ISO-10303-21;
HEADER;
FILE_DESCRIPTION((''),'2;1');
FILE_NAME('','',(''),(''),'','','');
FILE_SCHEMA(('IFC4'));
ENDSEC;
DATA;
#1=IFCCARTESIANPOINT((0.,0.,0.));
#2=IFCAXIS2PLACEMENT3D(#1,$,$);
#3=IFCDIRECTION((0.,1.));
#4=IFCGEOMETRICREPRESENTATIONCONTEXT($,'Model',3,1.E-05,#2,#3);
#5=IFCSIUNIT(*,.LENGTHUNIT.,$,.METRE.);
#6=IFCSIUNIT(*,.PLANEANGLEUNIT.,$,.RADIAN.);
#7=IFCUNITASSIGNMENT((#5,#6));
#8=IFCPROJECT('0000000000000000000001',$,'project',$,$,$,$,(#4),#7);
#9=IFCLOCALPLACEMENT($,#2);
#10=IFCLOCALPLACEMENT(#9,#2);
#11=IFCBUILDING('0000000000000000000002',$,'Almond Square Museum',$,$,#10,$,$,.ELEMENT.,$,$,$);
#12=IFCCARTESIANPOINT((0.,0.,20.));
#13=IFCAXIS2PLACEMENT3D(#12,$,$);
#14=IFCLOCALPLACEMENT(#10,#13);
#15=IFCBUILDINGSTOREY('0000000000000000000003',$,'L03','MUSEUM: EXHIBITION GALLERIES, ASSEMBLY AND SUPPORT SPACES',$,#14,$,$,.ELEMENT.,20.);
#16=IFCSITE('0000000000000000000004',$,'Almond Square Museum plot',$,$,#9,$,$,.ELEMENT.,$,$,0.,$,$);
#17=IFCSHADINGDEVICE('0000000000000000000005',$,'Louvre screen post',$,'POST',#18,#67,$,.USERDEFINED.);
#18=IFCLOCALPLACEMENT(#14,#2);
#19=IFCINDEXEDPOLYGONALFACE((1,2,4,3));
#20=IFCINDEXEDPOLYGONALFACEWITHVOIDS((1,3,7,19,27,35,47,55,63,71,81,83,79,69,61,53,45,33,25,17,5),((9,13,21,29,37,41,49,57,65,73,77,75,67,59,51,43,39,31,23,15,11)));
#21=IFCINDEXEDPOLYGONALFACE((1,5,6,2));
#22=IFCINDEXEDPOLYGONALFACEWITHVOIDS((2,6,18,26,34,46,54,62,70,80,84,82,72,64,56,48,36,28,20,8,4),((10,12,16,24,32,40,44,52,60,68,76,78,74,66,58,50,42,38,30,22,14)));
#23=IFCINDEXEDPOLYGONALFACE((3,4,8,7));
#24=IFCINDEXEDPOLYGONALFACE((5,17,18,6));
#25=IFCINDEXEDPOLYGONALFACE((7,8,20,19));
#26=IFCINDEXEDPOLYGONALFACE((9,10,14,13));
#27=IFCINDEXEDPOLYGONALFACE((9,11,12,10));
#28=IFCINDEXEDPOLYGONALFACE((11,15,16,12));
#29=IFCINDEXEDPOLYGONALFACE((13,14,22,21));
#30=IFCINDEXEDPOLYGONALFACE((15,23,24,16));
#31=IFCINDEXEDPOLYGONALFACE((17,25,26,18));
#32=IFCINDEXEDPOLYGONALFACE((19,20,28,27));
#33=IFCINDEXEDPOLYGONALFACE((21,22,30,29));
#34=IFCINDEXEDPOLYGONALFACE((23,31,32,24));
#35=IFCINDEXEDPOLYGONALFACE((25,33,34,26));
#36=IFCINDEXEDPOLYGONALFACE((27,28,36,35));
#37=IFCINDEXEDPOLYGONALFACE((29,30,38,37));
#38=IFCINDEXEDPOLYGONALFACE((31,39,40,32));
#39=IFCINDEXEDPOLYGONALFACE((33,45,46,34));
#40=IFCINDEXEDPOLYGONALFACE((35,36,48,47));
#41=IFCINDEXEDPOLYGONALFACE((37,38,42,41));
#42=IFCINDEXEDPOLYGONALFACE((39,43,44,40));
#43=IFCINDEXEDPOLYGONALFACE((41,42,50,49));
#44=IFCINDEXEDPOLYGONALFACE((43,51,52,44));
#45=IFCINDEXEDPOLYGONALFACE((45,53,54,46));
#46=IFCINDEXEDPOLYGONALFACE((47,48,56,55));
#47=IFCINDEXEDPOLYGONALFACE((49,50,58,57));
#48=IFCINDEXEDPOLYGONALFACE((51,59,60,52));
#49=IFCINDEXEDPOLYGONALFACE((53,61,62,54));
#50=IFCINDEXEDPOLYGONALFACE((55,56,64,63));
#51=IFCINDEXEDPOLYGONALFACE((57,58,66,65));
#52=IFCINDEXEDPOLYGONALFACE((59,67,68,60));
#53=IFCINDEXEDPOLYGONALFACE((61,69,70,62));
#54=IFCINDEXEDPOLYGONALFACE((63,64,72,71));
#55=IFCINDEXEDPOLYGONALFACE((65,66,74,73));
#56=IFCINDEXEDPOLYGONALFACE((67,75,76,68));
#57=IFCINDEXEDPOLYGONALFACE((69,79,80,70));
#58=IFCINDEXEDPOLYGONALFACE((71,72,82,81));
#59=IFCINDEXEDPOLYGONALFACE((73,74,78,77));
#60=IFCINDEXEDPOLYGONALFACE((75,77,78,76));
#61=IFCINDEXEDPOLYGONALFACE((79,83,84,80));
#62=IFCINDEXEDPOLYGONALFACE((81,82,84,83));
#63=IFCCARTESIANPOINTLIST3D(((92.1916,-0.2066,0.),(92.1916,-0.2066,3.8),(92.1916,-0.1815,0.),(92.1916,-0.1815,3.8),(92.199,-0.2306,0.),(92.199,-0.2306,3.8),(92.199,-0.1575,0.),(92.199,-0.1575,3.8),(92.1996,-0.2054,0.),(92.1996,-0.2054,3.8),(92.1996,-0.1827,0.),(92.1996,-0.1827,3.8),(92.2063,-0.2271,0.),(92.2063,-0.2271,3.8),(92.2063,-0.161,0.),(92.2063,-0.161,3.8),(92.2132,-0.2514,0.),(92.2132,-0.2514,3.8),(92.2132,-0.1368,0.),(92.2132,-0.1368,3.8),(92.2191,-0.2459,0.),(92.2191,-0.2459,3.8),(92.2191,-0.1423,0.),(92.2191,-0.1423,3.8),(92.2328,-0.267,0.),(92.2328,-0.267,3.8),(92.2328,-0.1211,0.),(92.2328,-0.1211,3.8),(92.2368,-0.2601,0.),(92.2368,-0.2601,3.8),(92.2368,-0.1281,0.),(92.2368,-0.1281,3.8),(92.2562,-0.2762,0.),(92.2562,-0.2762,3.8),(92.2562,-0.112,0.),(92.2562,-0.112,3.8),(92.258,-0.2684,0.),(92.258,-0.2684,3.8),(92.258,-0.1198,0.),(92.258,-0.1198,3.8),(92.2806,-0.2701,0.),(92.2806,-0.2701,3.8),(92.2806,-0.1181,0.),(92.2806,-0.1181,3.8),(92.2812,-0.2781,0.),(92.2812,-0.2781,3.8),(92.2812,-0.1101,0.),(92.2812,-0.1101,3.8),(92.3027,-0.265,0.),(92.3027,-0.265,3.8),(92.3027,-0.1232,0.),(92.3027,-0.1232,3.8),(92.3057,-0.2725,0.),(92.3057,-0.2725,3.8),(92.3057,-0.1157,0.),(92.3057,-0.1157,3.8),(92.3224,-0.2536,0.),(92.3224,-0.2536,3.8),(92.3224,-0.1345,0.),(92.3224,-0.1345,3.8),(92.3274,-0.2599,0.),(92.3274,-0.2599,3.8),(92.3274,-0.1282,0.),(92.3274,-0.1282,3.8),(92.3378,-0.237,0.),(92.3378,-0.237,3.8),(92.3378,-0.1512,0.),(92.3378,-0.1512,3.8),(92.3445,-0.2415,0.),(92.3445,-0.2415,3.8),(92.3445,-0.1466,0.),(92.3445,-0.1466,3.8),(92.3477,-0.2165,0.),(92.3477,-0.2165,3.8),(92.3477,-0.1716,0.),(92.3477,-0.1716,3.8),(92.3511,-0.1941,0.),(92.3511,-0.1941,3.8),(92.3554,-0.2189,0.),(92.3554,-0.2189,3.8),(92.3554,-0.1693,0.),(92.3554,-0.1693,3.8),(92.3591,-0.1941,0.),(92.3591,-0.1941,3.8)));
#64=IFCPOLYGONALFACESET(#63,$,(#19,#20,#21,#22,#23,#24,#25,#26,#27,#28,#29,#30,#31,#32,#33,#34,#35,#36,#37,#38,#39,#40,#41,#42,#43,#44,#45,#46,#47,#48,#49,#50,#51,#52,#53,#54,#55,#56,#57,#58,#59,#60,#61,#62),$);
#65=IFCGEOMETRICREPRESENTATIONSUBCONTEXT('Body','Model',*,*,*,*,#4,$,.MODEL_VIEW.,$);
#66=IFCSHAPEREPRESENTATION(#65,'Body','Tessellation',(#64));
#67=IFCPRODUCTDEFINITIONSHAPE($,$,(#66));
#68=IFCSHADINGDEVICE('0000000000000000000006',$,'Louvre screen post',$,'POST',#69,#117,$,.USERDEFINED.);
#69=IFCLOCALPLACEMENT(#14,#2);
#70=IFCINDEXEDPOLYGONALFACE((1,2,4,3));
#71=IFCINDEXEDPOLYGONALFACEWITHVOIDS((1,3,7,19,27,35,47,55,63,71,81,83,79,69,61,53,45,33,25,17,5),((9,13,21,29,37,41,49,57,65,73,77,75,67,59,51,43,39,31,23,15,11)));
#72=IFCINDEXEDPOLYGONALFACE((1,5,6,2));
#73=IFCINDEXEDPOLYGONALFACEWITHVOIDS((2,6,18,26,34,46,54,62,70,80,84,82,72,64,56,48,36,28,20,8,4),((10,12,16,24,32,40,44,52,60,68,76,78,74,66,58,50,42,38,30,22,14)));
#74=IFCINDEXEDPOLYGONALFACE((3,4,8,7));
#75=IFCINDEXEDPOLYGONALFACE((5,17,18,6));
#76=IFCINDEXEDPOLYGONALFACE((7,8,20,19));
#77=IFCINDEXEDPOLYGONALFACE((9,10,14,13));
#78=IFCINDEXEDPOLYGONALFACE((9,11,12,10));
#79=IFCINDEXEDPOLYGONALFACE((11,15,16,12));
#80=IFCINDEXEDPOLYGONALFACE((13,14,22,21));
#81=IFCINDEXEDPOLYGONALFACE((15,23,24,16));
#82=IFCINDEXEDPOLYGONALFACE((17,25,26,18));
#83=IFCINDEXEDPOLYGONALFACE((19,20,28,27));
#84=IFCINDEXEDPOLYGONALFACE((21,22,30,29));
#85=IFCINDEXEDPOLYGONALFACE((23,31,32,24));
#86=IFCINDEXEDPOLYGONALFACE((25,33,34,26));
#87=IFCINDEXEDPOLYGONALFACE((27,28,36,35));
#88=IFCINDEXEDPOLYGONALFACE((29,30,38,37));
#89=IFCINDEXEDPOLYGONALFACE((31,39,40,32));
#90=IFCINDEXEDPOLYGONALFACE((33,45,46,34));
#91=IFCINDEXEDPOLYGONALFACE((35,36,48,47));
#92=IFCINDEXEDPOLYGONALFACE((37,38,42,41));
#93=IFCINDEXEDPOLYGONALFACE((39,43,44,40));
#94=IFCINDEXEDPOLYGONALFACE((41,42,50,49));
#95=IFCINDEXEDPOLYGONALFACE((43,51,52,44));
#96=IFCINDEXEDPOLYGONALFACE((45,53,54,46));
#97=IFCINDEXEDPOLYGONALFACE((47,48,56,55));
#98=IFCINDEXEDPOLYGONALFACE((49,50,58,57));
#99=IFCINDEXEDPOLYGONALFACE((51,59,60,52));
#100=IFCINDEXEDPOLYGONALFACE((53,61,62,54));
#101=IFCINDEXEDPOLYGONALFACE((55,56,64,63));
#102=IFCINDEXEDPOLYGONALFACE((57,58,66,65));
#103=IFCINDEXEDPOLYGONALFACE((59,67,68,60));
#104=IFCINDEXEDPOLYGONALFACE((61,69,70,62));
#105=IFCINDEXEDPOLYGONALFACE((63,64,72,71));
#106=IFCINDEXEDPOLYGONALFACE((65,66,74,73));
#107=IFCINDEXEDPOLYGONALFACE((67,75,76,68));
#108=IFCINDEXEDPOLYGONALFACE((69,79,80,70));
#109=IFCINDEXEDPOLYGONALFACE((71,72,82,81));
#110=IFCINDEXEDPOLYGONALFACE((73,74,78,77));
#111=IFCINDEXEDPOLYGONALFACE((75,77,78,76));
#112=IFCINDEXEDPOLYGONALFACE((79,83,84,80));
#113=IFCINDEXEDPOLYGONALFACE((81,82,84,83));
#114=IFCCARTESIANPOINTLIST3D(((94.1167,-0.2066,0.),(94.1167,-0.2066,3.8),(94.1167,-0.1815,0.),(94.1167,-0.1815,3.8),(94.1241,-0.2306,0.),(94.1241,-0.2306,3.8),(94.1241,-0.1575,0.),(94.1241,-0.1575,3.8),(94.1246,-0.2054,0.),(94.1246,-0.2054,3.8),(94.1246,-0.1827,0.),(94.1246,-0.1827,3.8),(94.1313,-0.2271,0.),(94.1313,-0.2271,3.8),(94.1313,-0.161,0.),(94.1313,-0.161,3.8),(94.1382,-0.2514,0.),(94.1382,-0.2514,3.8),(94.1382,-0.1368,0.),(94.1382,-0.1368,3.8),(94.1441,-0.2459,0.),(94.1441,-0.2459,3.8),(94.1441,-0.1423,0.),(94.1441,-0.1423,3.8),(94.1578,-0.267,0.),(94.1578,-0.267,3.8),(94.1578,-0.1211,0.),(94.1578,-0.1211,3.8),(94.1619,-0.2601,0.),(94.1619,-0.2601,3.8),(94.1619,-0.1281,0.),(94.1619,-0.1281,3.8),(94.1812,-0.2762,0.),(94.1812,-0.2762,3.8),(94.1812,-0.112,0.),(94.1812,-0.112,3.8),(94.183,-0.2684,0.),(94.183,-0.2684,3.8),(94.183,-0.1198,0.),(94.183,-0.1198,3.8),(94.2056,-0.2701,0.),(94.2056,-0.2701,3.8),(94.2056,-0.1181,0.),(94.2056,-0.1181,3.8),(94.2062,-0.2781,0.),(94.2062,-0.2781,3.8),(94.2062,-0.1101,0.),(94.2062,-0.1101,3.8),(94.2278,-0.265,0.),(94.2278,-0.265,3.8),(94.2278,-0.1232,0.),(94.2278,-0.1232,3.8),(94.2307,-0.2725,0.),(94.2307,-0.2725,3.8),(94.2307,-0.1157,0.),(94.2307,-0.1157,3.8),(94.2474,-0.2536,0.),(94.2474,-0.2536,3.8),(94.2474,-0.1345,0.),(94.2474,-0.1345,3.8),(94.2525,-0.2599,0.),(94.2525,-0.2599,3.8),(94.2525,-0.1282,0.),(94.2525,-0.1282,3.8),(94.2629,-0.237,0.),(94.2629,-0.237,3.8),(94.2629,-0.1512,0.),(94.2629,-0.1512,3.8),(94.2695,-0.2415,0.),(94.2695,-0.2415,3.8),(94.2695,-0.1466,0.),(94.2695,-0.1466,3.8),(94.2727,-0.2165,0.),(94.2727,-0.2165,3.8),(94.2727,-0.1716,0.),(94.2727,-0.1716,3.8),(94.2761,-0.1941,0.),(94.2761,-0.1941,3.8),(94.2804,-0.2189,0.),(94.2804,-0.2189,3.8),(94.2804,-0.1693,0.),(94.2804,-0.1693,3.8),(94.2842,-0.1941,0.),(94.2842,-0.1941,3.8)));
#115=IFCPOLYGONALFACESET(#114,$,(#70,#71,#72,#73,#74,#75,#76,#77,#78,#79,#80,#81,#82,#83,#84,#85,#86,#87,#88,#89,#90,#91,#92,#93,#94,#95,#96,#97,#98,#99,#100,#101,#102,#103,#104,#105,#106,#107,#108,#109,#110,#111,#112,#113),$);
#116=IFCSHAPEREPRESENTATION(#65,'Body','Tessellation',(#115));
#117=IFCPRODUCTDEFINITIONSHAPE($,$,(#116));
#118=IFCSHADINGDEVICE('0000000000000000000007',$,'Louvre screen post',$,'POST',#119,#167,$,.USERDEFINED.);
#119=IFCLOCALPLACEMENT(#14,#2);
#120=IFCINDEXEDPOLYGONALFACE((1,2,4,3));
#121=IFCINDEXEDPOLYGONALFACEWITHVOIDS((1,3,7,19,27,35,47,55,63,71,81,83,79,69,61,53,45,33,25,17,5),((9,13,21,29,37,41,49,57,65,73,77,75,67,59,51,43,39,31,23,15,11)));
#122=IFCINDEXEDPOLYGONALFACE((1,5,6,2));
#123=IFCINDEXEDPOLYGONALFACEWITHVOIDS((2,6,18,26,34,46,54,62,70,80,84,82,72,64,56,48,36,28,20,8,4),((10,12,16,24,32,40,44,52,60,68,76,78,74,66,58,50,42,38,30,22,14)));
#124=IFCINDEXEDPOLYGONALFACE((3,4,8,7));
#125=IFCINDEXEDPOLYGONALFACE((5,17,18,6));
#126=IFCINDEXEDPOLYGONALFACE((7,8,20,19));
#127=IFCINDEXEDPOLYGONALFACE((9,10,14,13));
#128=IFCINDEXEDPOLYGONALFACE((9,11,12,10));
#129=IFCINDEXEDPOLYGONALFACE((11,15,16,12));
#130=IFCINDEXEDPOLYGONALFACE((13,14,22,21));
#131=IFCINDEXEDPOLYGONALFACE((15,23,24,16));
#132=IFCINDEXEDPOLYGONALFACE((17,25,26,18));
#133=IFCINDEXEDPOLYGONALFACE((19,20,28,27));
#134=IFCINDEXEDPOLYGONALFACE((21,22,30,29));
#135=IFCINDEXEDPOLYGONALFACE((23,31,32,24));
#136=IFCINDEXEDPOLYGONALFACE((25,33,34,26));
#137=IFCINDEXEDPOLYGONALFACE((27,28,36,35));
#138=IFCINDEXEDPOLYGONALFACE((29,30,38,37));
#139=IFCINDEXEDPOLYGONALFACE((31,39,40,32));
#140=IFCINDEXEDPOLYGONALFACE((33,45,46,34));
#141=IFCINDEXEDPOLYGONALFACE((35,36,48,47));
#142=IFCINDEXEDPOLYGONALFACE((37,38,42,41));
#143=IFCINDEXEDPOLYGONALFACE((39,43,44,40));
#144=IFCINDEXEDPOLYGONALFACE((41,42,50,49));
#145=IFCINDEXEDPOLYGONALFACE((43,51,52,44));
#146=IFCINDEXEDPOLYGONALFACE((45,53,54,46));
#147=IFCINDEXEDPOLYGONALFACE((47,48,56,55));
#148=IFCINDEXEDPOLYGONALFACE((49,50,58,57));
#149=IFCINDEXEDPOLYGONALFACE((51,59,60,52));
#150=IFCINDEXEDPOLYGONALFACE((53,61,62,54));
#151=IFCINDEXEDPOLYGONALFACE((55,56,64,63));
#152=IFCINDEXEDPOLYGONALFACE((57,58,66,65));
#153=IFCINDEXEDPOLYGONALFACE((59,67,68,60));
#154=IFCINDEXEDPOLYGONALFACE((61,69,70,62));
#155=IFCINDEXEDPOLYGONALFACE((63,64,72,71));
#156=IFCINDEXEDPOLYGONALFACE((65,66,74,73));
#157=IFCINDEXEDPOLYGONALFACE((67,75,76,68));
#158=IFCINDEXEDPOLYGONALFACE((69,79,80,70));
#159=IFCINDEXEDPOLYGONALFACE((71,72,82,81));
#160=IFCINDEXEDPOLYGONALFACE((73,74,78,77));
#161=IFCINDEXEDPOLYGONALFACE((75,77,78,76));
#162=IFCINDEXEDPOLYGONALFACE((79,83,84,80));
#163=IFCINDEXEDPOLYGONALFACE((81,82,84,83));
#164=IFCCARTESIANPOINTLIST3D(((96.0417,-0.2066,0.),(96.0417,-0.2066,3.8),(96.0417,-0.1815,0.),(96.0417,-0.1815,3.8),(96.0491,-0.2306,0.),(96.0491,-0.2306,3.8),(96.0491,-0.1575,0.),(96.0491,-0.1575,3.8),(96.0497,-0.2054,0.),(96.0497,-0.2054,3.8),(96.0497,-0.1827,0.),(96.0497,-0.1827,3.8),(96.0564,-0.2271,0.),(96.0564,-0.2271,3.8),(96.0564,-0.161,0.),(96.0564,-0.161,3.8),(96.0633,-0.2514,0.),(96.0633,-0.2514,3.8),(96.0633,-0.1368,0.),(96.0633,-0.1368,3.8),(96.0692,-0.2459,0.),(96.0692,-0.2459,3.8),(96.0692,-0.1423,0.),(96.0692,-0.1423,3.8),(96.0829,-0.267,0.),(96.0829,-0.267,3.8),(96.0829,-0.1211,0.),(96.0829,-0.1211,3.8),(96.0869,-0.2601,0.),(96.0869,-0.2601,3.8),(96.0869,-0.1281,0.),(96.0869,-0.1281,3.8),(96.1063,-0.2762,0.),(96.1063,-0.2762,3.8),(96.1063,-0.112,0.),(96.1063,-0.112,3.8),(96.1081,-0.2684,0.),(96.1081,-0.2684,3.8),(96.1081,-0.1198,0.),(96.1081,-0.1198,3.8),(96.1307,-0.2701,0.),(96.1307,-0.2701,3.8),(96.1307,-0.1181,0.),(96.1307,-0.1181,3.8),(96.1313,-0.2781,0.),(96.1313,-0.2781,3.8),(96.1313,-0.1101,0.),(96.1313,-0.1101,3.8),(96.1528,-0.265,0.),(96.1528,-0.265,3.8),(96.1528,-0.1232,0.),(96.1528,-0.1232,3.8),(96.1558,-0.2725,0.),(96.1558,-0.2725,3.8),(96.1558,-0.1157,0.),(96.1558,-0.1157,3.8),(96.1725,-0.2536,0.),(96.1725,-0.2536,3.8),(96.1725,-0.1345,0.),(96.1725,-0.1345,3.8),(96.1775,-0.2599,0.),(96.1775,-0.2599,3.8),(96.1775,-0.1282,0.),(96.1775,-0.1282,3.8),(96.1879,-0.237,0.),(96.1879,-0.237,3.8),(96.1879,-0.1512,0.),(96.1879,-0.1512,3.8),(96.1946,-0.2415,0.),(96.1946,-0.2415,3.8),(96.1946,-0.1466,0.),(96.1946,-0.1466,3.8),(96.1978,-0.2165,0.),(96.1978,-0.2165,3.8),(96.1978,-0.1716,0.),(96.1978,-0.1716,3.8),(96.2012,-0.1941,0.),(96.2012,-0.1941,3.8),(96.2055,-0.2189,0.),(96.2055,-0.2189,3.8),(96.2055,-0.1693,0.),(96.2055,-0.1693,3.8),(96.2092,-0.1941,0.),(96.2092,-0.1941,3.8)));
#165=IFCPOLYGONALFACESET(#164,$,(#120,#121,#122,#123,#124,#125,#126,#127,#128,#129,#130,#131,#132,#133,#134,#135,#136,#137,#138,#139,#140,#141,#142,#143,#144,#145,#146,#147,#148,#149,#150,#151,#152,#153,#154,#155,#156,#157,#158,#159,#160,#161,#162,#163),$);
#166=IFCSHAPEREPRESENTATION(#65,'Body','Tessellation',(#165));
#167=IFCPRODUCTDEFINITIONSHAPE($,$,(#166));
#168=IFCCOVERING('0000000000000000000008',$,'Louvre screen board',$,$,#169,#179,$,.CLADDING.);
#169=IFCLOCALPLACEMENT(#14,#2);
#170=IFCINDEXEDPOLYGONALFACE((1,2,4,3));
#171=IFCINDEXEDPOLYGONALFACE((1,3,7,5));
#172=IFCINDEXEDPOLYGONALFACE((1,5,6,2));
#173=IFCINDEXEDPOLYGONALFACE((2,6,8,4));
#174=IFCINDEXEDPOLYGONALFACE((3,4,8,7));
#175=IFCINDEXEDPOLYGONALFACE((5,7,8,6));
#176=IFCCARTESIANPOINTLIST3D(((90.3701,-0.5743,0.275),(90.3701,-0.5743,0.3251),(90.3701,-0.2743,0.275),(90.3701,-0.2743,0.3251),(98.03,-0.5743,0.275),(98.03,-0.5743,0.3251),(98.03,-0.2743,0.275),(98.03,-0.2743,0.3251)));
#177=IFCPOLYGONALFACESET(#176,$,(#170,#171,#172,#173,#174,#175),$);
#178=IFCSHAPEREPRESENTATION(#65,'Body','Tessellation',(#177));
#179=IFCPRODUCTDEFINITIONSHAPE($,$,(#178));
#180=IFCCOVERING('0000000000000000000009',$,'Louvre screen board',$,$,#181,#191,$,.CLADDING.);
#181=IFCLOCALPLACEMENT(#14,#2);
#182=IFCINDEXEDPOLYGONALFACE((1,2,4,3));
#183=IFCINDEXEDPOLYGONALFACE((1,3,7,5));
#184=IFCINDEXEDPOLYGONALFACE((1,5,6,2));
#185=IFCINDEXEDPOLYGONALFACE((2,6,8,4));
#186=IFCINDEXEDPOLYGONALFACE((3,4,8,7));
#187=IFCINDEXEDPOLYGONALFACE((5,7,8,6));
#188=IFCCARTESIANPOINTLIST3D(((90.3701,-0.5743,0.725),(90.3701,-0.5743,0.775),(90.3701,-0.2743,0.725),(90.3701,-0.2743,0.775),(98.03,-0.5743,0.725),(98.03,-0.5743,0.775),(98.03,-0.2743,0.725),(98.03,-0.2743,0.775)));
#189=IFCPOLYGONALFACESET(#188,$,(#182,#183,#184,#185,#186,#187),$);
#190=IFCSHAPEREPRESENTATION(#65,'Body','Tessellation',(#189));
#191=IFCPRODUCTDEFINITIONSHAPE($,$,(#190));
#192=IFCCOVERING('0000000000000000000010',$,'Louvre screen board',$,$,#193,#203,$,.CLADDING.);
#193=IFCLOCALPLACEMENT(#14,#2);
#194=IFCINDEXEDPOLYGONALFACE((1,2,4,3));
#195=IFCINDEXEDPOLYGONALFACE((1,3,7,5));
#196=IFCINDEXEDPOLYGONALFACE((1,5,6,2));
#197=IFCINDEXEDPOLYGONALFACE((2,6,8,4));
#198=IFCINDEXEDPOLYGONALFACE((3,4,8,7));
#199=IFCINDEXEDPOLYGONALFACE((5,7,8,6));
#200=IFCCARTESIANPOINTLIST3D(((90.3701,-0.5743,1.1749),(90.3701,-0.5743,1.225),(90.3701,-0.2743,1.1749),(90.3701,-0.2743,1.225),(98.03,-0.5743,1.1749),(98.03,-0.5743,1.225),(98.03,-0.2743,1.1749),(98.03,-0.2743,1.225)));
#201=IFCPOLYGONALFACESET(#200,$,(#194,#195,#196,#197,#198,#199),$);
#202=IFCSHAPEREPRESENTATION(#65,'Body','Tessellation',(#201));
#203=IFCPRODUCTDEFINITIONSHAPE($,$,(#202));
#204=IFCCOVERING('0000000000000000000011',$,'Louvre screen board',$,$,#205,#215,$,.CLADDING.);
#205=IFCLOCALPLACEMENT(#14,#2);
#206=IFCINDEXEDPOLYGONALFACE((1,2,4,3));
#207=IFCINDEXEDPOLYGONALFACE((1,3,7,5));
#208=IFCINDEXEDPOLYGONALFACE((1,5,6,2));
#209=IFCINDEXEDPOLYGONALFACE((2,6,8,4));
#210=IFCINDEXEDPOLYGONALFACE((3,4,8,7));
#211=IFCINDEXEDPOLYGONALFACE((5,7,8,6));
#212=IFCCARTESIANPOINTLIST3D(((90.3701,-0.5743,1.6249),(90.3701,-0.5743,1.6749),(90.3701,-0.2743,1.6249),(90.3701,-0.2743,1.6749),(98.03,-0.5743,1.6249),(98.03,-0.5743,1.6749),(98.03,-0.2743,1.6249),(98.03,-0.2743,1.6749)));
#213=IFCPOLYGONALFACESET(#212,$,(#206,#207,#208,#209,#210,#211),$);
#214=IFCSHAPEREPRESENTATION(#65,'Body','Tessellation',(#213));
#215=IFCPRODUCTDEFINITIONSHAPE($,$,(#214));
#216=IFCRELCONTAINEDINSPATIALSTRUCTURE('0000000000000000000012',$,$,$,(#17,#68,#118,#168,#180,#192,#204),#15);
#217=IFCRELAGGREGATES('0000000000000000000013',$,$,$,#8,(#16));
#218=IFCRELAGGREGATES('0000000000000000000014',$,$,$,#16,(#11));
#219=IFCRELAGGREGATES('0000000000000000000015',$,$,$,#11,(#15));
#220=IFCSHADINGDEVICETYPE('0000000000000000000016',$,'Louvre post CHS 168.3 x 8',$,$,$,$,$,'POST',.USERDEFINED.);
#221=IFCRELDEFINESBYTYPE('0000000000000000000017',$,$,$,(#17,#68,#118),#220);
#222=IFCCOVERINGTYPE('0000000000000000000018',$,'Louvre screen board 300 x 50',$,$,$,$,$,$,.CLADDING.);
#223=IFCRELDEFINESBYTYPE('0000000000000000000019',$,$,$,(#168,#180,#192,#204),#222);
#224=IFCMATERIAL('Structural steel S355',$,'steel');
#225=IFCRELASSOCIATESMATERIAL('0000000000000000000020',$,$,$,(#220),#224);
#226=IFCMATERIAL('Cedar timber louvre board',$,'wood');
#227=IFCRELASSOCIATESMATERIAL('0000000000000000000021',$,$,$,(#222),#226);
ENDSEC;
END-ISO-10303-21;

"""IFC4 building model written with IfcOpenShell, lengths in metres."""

from ifc_helpers import new_model, si_unit, direction, frame, origin, origin_2d, place, context, subcontext, project, spatial, rectangle, hollow_circle, extrude, material, material_profile, profile_set, type_object, element, save


model = new_model("IFC4")

# Units and contexts
model_context = context("Model", 3, precision=1e-05, world=origin(), true_north=direction((0.0, 1.0)))
body_context = subcontext(model_context, "Body", "Model", "MODEL_VIEW")
ifc_project = project(units=[si_unit("LENGTHUNIT", "METRE"), si_unit("PLANEANGLEUNIT", "RADIAN")], contexts=[model_context])

# Site, building, storey
site_placement = place(None, origin())
site = spatial("IfcSite", under=ifc_project, at=site_placement, Name="Almond Square Museum plot", CompositionType="ELEMENT", RefElevation=0.0)
building_placement = place(site_placement, origin())
building = spatial("IfcBuilding", under=site, at=building_placement, Name="Almond Square Museum", CompositionType="ELEMENT")
storey_placement = place(building_placement, frame((0.0, 0.0, 20.0)))
storey = spatial("IfcBuildingStorey", under=building, at=storey_placement, Name="L03", Description="MUSEUM: EXHIBITION GALLERIES, ASSEMBLY AND SUPPORT SPACES", CompositionType="ELEMENT", Elevation=20.0)

# Shading devices
ifc_material_1 = material(Name="Structural steel S355", Category="steel")
ifc_material_profile_1 = material_profile(ifc_material_1, hollow_circle(Radius=0.0842, WallThickness=0.0081, at=origin_2d()))
ifc_profile_set_1 = profile_set([ifc_material_profile_1], Name="Structural steel S355")
shading_device_type = type_object("IfcShadingDeviceType", Name="Louvre post CHS 168.3 x 8", ElementType="POST", PredefinedType="USERDEFINED", material=ifc_profile_set_1)
for number, where, z_axis, x_axis, name in (
    (1, (92.2749, -0.1941, 0.0), (0.0, 0.0, 1.0), (1.0, 0.0, 0.0), "Louvre screen post"),
    (2, (94.2, -0.1941, 0.0), (0.0, 0.0, 1.0), (1.0, 0.0, 0.0), "Louvre screen post"),
    (3, (96.125, -0.1941, 0.0), (0.0, 0.0, 1.0), (1.0, 0.0, 0.0), "Louvre screen post"),
):
    element("IfcShadingDevice", number, at=place(storey_placement, frame(where, z_axis=z_axis, x_axis=x_axis)), inside=storey, type_object=shading_device_type, Name=name, ObjectType="POST", PredefinedType="USERDEFINED", context=body_context, shape_type="SweptSolid", body=[
        extrude(hollow_circle(Radius=0.0842, WallThickness=0.0081, at=origin_2d()), origin(), (0.0, 0.0, 1.0), 3.8),
    ])

# Coverings
ifc_material_2 = material(Name="Cedar timber louvre board", Category="wood")
ifc_material_profile_2 = material_profile(ifc_material_2, rectangle(XDim=0.3, YDim=0.05, at=origin_2d()))
ifc_profile_set_2 = profile_set([ifc_material_profile_2], Name="Cedar timber louvre board")
covering_type = type_object("IfcCoveringType", Name="Louvre screen board 300 x 50", PredefinedType="CLADDING", material=ifc_profile_set_2)
for number, where, z_axis, x_axis, name in (
    (4, (90.3701, -0.4243, 0.3), (1.0, 0.0, 0.0), (0.0, 1.0, 0.0), "Louvre screen board"),
    (5, (90.3701, -0.4243, 0.75), (1.0, 0.0, 0.0), (0.0, 1.0, 0.0), "Louvre screen board"),
    (6, (90.3701, -0.4243, 1.2), (1.0, 0.0, 0.0), (0.0, 1.0, 0.0), "Louvre screen board"),
    (7, (90.3701, -0.4243, 1.6499), (1.0, 0.0, 0.0), (0.0, 1.0, 0.0), "Louvre screen board"),
):
    element("IfcCovering", number, at=place(storey_placement, frame(where, z_axis=z_axis, x_axis=x_axis)), inside=storey, type_object=covering_type, Name=name, PredefinedType="CLADDING", context=body_context, shape_type="SweptSolid", body=[
        extrude(rectangle(XDim=0.3, YDim=0.05, at=origin_2d()), origin(), (0.0, 0.0, 1.0), 7.6599),
    ])

save(model, "model.ifc")
